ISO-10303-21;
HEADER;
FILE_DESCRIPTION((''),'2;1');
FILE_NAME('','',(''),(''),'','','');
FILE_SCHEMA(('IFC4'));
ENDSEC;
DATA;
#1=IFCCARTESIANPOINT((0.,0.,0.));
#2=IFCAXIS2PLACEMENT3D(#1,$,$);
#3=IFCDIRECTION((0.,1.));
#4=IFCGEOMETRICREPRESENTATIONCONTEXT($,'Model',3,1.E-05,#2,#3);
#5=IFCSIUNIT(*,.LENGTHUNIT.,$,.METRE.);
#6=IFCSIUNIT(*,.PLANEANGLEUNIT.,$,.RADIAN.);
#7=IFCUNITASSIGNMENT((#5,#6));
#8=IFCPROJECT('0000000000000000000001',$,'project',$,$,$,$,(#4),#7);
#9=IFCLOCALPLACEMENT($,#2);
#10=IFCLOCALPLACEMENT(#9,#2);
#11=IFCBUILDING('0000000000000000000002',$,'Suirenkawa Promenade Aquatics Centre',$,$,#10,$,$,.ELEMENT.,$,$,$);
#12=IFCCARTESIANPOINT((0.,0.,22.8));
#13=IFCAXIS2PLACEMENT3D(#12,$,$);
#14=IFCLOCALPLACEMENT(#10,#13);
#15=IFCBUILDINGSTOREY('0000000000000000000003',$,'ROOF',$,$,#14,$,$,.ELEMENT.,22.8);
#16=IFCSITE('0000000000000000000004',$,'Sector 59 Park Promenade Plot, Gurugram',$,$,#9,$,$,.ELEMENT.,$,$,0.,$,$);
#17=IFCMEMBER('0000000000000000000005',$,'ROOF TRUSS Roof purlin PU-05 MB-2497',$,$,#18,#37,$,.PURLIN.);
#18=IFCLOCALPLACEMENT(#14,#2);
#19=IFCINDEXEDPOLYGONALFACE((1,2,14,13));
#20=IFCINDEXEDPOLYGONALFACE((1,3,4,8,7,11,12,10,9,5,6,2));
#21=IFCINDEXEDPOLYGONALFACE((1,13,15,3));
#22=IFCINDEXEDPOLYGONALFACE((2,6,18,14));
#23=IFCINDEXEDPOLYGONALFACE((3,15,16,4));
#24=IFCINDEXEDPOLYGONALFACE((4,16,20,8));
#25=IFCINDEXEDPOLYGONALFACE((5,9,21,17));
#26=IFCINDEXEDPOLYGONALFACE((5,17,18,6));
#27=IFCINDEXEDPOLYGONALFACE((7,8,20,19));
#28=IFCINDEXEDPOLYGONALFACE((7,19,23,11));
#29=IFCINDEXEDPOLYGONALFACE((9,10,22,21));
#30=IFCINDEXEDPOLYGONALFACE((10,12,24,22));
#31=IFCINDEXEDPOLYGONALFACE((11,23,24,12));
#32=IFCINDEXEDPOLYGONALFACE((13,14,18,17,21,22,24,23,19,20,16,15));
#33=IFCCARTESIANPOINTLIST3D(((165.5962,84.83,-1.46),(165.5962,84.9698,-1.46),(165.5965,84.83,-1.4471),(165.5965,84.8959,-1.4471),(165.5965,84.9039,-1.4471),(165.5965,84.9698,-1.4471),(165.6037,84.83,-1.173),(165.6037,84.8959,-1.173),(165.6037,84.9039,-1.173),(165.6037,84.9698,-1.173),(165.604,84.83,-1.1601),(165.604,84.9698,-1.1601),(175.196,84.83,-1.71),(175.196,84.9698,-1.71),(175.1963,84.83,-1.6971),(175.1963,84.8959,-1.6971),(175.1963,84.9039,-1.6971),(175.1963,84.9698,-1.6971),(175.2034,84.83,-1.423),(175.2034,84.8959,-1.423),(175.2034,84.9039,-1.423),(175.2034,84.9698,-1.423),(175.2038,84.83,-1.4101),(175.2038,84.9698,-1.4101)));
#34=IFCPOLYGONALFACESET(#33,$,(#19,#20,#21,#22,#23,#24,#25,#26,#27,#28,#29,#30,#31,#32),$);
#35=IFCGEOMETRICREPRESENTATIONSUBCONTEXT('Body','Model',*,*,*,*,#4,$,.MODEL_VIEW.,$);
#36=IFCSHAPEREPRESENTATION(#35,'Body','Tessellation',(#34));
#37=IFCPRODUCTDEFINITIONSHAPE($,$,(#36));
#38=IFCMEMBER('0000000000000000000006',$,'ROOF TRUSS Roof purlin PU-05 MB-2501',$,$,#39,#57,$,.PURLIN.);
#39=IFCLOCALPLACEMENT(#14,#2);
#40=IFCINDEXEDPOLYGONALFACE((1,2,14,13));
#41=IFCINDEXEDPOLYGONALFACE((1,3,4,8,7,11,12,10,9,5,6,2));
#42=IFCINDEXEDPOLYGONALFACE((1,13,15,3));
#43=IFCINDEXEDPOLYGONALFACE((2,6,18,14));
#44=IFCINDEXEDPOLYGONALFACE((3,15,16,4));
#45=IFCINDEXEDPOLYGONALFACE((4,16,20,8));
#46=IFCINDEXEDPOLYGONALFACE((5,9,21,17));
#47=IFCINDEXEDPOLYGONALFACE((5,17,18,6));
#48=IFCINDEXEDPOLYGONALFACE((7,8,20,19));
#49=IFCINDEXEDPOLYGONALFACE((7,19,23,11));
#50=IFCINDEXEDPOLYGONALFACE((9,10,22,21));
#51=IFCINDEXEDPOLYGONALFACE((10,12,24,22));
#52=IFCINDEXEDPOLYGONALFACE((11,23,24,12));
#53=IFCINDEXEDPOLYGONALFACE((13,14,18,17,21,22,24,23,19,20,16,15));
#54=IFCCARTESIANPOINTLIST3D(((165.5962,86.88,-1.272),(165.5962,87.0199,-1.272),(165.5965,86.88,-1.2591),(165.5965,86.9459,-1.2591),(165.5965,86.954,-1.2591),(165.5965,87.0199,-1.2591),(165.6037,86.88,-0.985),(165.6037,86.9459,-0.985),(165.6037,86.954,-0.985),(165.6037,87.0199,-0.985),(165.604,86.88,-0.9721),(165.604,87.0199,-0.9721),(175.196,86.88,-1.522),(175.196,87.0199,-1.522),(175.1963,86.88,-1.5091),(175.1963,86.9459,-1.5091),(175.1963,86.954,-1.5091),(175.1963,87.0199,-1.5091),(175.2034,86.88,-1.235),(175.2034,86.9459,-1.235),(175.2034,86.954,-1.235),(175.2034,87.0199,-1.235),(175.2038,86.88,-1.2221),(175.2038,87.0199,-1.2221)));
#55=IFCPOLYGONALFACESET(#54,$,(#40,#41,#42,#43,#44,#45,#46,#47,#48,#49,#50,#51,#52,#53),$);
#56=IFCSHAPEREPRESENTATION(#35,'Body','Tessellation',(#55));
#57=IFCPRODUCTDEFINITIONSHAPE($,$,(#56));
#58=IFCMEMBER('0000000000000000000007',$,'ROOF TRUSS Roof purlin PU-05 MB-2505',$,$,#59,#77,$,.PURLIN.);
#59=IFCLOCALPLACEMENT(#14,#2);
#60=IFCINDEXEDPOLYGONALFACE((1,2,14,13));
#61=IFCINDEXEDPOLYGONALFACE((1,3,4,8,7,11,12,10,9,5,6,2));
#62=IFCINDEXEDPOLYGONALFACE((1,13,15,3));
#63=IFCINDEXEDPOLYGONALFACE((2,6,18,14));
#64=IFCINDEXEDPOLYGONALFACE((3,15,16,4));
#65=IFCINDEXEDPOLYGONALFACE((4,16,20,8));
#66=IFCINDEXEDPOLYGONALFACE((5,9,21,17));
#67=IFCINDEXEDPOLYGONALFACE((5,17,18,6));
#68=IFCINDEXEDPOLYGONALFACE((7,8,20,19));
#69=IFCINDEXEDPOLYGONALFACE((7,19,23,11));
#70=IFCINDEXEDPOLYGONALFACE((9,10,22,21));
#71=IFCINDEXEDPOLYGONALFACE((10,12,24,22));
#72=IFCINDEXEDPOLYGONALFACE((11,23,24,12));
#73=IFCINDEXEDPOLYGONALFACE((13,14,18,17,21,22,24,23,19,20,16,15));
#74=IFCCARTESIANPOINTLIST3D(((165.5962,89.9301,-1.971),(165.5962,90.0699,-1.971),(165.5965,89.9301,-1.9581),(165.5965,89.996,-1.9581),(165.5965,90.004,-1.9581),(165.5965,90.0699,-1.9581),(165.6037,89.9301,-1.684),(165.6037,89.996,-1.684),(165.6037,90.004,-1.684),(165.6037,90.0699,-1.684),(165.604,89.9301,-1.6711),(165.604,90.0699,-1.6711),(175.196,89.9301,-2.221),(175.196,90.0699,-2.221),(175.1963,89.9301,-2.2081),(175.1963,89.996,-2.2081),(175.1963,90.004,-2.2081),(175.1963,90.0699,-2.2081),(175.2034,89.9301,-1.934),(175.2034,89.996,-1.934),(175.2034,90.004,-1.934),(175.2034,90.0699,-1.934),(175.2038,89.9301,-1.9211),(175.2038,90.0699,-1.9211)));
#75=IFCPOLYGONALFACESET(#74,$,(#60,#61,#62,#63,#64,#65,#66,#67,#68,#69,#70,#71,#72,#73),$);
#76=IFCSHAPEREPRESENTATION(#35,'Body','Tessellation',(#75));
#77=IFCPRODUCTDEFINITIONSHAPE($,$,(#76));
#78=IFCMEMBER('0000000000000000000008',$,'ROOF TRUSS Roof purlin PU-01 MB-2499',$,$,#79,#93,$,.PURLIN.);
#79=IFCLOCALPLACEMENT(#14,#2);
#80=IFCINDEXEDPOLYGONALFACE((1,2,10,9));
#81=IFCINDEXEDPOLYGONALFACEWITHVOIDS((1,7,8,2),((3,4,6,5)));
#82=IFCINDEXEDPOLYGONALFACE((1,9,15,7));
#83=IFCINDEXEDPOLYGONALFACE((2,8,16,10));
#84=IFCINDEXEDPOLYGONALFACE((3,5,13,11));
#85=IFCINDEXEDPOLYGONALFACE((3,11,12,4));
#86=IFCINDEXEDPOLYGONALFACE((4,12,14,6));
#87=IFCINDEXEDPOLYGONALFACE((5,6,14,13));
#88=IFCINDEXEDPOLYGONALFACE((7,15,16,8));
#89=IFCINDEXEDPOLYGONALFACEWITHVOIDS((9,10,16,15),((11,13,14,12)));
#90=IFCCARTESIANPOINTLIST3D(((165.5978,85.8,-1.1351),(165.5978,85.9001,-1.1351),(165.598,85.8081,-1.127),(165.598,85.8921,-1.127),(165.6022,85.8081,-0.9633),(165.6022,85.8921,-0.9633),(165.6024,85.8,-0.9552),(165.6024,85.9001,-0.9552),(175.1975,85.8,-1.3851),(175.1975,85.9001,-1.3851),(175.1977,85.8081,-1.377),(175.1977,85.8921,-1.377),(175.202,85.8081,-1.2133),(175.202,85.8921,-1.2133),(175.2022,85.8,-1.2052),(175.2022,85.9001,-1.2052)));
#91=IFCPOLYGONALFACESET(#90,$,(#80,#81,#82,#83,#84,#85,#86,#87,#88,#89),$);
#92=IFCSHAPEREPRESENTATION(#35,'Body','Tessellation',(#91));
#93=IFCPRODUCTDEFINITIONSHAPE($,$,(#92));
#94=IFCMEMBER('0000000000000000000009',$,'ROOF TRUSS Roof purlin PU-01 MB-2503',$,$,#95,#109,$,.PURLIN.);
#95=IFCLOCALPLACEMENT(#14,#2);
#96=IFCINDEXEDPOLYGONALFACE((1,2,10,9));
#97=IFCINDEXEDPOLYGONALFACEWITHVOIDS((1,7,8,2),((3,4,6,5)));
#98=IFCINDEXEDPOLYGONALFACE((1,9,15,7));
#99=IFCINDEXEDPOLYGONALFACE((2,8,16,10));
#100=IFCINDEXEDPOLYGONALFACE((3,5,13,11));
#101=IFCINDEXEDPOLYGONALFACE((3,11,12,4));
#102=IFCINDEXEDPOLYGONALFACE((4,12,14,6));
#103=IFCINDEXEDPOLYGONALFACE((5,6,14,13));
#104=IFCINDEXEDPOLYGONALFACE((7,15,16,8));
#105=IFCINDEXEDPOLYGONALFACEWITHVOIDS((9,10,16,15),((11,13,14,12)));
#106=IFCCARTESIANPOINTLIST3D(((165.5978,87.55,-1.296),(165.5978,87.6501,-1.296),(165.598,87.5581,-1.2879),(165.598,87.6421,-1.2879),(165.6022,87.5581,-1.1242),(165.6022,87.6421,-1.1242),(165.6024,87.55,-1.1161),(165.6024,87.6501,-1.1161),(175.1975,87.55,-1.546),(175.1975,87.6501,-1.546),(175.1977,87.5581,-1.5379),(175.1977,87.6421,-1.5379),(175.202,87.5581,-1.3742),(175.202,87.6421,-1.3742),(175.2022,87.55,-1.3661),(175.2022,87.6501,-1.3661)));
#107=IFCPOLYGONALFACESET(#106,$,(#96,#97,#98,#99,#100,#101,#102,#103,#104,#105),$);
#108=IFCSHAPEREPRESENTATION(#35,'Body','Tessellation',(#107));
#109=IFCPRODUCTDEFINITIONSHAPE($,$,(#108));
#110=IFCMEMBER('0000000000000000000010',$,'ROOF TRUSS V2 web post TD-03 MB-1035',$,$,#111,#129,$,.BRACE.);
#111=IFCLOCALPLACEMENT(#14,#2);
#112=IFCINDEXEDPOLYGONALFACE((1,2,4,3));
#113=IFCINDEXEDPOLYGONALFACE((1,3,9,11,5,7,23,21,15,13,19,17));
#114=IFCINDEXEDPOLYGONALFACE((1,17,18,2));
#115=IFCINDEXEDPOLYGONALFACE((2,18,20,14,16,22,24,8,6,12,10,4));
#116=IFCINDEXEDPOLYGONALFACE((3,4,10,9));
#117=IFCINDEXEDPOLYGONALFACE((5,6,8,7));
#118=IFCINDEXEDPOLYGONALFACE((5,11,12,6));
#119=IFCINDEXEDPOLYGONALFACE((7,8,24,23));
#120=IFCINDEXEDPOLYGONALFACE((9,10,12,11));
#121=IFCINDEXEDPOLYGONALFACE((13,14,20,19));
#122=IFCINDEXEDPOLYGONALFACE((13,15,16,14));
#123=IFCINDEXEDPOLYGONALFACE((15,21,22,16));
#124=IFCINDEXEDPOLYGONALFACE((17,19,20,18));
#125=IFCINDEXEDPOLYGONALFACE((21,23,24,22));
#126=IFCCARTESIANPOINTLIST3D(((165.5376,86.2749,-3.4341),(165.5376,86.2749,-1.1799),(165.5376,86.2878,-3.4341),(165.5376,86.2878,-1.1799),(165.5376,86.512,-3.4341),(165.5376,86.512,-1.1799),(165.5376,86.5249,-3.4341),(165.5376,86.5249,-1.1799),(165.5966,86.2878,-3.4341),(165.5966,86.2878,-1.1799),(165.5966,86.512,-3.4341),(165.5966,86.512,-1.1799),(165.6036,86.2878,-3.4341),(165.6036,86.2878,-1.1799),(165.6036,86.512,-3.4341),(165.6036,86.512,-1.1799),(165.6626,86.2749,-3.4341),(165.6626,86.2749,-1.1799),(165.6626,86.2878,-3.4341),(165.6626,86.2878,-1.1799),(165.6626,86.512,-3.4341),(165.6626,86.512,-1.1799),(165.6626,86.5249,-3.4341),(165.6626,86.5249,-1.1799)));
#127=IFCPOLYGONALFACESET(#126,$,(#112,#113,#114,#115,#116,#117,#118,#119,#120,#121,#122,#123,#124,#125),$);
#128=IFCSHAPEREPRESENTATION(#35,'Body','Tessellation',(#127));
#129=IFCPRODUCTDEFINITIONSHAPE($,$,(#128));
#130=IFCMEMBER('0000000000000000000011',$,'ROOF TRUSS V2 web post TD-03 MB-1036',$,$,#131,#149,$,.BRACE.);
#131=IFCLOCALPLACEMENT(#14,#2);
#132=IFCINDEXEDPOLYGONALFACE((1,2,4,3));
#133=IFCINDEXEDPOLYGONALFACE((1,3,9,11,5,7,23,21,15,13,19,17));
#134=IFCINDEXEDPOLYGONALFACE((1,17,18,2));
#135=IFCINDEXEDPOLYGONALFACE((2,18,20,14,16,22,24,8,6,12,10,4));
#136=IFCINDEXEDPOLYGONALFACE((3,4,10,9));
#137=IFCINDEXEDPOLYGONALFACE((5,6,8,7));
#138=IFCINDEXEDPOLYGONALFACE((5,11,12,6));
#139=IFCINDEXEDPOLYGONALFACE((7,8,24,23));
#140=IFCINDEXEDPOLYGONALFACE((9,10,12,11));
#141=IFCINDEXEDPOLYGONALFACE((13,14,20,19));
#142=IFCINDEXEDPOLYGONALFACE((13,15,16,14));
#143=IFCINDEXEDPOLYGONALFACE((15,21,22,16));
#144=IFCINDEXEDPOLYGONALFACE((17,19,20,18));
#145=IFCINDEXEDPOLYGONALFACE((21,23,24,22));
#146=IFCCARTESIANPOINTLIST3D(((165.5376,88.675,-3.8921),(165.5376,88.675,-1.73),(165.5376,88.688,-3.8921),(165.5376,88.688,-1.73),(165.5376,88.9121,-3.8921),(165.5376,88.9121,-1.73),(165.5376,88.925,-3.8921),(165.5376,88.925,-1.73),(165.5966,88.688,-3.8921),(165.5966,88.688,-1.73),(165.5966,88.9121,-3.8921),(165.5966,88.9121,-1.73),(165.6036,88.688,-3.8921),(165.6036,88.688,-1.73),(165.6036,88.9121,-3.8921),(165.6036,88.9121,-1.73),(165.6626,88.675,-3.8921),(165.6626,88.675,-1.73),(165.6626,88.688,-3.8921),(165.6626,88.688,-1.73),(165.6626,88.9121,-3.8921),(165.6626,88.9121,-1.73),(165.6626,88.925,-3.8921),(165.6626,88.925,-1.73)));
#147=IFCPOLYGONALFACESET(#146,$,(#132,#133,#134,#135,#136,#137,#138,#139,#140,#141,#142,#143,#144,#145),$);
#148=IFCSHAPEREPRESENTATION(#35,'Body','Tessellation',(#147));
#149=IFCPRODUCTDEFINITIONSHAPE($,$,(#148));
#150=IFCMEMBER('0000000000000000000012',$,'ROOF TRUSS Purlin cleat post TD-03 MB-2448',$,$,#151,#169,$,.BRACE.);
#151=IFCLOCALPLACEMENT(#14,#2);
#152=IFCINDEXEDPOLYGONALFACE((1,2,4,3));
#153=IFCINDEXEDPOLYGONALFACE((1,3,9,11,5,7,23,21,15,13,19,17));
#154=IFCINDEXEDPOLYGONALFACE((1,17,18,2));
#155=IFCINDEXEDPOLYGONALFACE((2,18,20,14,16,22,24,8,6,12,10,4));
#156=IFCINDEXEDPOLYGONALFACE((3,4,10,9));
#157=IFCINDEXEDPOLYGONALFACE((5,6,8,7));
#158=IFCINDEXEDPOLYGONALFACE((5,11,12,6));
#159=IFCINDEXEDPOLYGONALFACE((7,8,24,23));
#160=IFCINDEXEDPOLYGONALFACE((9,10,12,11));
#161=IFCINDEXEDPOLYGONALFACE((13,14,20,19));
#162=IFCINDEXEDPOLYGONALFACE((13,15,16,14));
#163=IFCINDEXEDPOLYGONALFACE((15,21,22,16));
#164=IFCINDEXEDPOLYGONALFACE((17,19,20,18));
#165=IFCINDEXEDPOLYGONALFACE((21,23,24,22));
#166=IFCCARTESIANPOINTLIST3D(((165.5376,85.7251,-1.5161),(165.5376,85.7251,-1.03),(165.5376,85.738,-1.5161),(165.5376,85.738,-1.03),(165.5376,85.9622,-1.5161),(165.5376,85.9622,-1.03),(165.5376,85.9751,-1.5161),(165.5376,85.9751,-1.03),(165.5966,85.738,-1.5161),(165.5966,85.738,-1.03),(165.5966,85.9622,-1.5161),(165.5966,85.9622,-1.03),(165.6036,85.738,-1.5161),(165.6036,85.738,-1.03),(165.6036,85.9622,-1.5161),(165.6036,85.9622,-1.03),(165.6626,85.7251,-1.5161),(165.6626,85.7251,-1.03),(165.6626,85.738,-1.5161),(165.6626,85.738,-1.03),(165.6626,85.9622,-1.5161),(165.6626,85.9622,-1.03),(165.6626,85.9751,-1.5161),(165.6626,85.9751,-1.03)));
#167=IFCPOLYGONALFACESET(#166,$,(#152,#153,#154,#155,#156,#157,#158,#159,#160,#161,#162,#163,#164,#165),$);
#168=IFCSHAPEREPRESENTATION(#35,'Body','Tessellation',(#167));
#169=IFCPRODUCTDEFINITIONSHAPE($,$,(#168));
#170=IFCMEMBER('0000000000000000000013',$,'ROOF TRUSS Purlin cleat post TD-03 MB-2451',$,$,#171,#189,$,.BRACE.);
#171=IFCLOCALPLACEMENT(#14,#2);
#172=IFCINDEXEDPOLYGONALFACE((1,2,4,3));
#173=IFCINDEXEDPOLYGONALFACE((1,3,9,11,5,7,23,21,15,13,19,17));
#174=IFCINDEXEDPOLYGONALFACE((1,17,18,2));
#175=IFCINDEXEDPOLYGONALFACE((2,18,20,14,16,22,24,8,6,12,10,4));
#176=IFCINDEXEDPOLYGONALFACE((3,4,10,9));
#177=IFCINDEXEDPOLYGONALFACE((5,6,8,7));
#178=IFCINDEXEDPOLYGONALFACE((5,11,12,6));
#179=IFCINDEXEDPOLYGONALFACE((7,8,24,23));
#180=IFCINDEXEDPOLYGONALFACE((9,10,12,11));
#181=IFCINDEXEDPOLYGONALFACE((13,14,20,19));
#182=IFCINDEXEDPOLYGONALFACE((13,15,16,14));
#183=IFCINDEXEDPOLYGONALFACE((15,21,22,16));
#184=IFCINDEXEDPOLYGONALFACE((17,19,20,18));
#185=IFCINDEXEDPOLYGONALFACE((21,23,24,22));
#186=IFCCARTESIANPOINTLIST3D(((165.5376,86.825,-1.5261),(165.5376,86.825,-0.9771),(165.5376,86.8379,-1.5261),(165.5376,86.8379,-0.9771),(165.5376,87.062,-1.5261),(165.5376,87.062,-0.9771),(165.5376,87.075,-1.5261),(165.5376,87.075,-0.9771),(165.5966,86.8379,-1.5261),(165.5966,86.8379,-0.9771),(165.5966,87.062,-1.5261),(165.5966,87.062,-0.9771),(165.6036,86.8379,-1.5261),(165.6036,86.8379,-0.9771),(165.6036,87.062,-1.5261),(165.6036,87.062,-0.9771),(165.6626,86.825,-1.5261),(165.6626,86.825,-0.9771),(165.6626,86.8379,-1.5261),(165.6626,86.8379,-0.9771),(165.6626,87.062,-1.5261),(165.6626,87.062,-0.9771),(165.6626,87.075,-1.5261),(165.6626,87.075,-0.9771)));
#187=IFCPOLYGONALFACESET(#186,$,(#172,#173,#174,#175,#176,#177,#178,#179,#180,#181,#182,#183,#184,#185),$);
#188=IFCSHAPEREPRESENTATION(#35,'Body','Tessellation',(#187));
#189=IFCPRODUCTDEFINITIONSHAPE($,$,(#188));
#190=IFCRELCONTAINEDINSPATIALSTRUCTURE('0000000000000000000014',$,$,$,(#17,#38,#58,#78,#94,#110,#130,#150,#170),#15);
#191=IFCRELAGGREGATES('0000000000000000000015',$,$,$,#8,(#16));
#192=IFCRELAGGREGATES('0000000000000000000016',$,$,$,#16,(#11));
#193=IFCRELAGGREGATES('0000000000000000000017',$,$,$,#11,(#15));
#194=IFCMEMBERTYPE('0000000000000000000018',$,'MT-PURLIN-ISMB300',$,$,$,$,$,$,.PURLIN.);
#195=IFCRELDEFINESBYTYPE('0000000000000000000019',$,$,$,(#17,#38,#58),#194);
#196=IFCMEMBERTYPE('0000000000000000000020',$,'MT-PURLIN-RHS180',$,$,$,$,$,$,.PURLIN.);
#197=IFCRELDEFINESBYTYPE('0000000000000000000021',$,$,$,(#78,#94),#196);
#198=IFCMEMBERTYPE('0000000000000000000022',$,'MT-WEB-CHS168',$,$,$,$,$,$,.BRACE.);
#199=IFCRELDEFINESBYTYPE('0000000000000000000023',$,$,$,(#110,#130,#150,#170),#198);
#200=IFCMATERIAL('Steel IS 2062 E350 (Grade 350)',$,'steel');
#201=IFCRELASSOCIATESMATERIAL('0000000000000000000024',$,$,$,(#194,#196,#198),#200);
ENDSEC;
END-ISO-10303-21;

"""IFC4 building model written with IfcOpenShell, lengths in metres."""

from ifc_helpers import new_model, si_unit, direction, frame, origin, origin_2d, place, context, subcontext, project, spatial, hollow_rectangle, i_section, extrude, material, material_profile, profile_set, type_object, element, save


model = new_model("IFC4")

# Units and contexts
model_context = context("Model", 3, precision=1e-05, world=origin(), true_north=direction((0.0, 1.0)))
body_context = subcontext(model_context, "Body", "Model", "MODEL_VIEW")
ifc_project = project(units=[si_unit("LENGTHUNIT", "METRE"), si_unit("PLANEANGLEUNIT", "RADIAN")], contexts=[model_context])

# Site, building, storey
site_placement = place(None, origin())
site = spatial("IfcSite", under=ifc_project, at=site_placement, Name="Sector 59 Park Promenade Plot, Gurugram", CompositionType="ELEMENT", RefElevation=0.0)
building_placement = place(site_placement, origin())
building = spatial("IfcBuilding", under=site, at=building_placement, Name="Suirenkawa Promenade Aquatics Centre", CompositionType="ELEMENT")
storey_placement = place(building_placement, frame((0.0, 0.0, 22.8)))
storey = spatial("IfcBuildingStorey", under=building, at=storey_placement, Name="ROOF", CompositionType="ELEMENT", Elevation=22.8)

# Shared definitions
ifc_material_1 = material(Name="Steel IS 2062 E350 (Grade 350)", Category="steel")

# Members
ifc_material_profile_1 = material_profile(ifc_material_1, i_section(OverallWidth=0.1399, OverallDepth=0.3, WebThickness=0.0081, FlangeThickness=0.0129, at=origin_2d()), Name="ISMB 300", Category="steel")
ifc_profile_set_1 = profile_set([ifc_material_profile_1], Name="Steel IS 2062 E350 (Grade 350)")
member_type_1 = type_object("IfcMemberType", Name="MT-PURLIN-ISMB300", PredefinedType="PURLIN", material=ifc_profile_set_1)
for number, where, z_axis, x_axis, name in (
    (1, (165.6001, 84.8999, -1.3101), (0.999661, 0.0, -0.026033), (0.0, 1.0, 0.0), "ROOF TRUSS Roof purlin PU-05 MB-2497"),
    (2, (165.6001, 86.95, -1.1221), (0.999661, 0.0, -0.026033), (0.0, 1.0, 0.0), "ROOF TRUSS Roof purlin PU-05 MB-2501"),
    (3, (165.6001, 90.0, -1.821), (0.999661, 0.0, -0.026033), (0.0, 1.0, 0.0), "ROOF TRUSS Roof purlin PU-05 MB-2505"),
):
    element("IfcMember", number, at=place(storey_placement, frame(where, z_axis=z_axis, x_axis=x_axis)), inside=storey, type_object=member_type_1, Name=name, PredefinedType="PURLIN", context=body_context, shape_type="SweptSolid", body=[
        extrude(i_section(OverallWidth=0.1399, OverallDepth=0.3, WebThickness=0.0081, FlangeThickness=0.0129, at=origin_2d()), origin(), (0.0, 0.0, 1.0), 9.603),
    ])
ifc_material_profile_2 = material_profile(ifc_material_1, hollow_rectangle(XDim=0.1001, YDim=0.1799, WallThickness=0.0081, at=origin_2d()), Name="RHS 180x100x8", Category="steel")
ifc_profile_set_2 = profile_set([ifc_material_profile_2], Name="Steel IS 2062 E350 (Grade 350)")
member_type_2 = type_object("IfcMemberType", Name="MT-PURLIN-RHS180", PredefinedType="PURLIN", material=ifc_profile_set_2)
for number, where, z_axis, x_axis, name in (
    (4, (165.6001, 85.8501, -1.0452), (0.999661, 0.0, -0.026033), (0.0, 1.0, 0.0), "ROOF TRUSS Roof purlin PU-01 MB-2499"),
    (5, (165.6001, 87.6001, -1.2061), (0.999661, 0.0, -0.026033), (0.0, 1.0, 0.0), "ROOF TRUSS Roof purlin PU-01 MB-2503"),
):
    element("IfcMember", number, at=place(storey_placement, frame(where, z_axis=z_axis, x_axis=x_axis)), inside=storey, type_object=member_type_2, Name=name, PredefinedType="PURLIN", context=body_context, shape_type="SweptSolid", body=[
        extrude(hollow_rectangle(XDim=0.1001, YDim=0.1799, WallThickness=0.0081, at=origin_2d()), origin(), (0.0, 0.0, 1.0), 9.603),
    ])
ifc_material_profile_3 = material_profile(ifc_material_1, i_section(OverallWidth=0.125, OverallDepth=0.25, WebThickness=0.0071, FlangeThickness=0.0129, at=origin_2d()), Name="ISMB 250", Category="steel")
ifc_profile_set_3 = profile_set([ifc_material_profile_3], Name="Steel IS 2062 E350 (Grade 350)")
member_type_3 = type_object("IfcMemberType", Name="MT-WEB-CHS168", PredefinedType="BRACE", material=ifc_profile_set_3)
member_1_placement = place(storey_placement, frame((165.6001, 86.3999, -3.4341), z_axis=(0.0, 0.0, 1.0), x_axis=(1.0, 0.0, 0.0)))
element("IfcMember", 6, at=member_1_placement, inside=storey, type_object=member_type_3, Name="ROOF TRUSS V2 web post TD-03 MB-1035", PredefinedType="BRACE", context=body_context, shape_type="SweptSolid", body=[
    extrude(i_section(OverallWidth=0.125, OverallDepth=0.25, WebThickness=0.0071, FlangeThickness=0.0129, at=origin_2d()), origin(), (0.0, 0.0, 1.0), 2.2542),
])
member_2_placement = place(storey_placement, frame((165.6001, 88.8, -3.8921), z_axis=(0.0, 0.0, 1.0), x_axis=(1.0, 0.0, 0.0)))
element("IfcMember", 7, at=member_2_placement, inside=storey, type_object=member_type_3, Name="ROOF TRUSS V2 web post TD-03 MB-1036", PredefinedType="BRACE", context=body_context, shape_type="SweptSolid", body=[
    extrude(i_section(OverallWidth=0.125, OverallDepth=0.25, WebThickness=0.0071, FlangeThickness=0.0129, at=origin_2d()), origin(), (0.0, 0.0, 1.0), 2.1621),
])
member_3_placement = place(storey_placement, frame((165.6001, 85.8501, -1.5161), z_axis=(0.0, 0.0, 1.0), x_axis=(1.0, 0.0, 0.0)))
element("IfcMember", 8, at=member_3_placement, inside=storey, type_object=member_type_3, Name="ROOF TRUSS Purlin cleat post TD-03 MB-2448", PredefinedType="BRACE", context=body_context, shape_type="SweptSolid", body=[
    extrude(i_section(OverallWidth=0.125, OverallDepth=0.25, WebThickness=0.0071, FlangeThickness=0.0129, at=origin_2d()), origin(), (0.0, 0.0, 1.0), 0.4861),
])
member_4_placement = place(storey_placement, frame((165.6001, 86.95, -1.5261), z_axis=(0.0, 0.0, 1.0), x_axis=(1.0, 0.0, 0.0)))
element("IfcMember", 9, at=member_4_placement, inside=storey, type_object=member_type_3, Name="ROOF TRUSS Purlin cleat post TD-03 MB-2451", PredefinedType="BRACE", context=body_context, shape_type="SweptSolid", body=[
    extrude(i_section(OverallWidth=0.125, OverallDepth=0.25, WebThickness=0.0071, FlangeThickness=0.0129, at=origin_2d()), origin(), (0.0, 0.0, 1.0), 0.5491),
])

save(model, "model.ifc")
